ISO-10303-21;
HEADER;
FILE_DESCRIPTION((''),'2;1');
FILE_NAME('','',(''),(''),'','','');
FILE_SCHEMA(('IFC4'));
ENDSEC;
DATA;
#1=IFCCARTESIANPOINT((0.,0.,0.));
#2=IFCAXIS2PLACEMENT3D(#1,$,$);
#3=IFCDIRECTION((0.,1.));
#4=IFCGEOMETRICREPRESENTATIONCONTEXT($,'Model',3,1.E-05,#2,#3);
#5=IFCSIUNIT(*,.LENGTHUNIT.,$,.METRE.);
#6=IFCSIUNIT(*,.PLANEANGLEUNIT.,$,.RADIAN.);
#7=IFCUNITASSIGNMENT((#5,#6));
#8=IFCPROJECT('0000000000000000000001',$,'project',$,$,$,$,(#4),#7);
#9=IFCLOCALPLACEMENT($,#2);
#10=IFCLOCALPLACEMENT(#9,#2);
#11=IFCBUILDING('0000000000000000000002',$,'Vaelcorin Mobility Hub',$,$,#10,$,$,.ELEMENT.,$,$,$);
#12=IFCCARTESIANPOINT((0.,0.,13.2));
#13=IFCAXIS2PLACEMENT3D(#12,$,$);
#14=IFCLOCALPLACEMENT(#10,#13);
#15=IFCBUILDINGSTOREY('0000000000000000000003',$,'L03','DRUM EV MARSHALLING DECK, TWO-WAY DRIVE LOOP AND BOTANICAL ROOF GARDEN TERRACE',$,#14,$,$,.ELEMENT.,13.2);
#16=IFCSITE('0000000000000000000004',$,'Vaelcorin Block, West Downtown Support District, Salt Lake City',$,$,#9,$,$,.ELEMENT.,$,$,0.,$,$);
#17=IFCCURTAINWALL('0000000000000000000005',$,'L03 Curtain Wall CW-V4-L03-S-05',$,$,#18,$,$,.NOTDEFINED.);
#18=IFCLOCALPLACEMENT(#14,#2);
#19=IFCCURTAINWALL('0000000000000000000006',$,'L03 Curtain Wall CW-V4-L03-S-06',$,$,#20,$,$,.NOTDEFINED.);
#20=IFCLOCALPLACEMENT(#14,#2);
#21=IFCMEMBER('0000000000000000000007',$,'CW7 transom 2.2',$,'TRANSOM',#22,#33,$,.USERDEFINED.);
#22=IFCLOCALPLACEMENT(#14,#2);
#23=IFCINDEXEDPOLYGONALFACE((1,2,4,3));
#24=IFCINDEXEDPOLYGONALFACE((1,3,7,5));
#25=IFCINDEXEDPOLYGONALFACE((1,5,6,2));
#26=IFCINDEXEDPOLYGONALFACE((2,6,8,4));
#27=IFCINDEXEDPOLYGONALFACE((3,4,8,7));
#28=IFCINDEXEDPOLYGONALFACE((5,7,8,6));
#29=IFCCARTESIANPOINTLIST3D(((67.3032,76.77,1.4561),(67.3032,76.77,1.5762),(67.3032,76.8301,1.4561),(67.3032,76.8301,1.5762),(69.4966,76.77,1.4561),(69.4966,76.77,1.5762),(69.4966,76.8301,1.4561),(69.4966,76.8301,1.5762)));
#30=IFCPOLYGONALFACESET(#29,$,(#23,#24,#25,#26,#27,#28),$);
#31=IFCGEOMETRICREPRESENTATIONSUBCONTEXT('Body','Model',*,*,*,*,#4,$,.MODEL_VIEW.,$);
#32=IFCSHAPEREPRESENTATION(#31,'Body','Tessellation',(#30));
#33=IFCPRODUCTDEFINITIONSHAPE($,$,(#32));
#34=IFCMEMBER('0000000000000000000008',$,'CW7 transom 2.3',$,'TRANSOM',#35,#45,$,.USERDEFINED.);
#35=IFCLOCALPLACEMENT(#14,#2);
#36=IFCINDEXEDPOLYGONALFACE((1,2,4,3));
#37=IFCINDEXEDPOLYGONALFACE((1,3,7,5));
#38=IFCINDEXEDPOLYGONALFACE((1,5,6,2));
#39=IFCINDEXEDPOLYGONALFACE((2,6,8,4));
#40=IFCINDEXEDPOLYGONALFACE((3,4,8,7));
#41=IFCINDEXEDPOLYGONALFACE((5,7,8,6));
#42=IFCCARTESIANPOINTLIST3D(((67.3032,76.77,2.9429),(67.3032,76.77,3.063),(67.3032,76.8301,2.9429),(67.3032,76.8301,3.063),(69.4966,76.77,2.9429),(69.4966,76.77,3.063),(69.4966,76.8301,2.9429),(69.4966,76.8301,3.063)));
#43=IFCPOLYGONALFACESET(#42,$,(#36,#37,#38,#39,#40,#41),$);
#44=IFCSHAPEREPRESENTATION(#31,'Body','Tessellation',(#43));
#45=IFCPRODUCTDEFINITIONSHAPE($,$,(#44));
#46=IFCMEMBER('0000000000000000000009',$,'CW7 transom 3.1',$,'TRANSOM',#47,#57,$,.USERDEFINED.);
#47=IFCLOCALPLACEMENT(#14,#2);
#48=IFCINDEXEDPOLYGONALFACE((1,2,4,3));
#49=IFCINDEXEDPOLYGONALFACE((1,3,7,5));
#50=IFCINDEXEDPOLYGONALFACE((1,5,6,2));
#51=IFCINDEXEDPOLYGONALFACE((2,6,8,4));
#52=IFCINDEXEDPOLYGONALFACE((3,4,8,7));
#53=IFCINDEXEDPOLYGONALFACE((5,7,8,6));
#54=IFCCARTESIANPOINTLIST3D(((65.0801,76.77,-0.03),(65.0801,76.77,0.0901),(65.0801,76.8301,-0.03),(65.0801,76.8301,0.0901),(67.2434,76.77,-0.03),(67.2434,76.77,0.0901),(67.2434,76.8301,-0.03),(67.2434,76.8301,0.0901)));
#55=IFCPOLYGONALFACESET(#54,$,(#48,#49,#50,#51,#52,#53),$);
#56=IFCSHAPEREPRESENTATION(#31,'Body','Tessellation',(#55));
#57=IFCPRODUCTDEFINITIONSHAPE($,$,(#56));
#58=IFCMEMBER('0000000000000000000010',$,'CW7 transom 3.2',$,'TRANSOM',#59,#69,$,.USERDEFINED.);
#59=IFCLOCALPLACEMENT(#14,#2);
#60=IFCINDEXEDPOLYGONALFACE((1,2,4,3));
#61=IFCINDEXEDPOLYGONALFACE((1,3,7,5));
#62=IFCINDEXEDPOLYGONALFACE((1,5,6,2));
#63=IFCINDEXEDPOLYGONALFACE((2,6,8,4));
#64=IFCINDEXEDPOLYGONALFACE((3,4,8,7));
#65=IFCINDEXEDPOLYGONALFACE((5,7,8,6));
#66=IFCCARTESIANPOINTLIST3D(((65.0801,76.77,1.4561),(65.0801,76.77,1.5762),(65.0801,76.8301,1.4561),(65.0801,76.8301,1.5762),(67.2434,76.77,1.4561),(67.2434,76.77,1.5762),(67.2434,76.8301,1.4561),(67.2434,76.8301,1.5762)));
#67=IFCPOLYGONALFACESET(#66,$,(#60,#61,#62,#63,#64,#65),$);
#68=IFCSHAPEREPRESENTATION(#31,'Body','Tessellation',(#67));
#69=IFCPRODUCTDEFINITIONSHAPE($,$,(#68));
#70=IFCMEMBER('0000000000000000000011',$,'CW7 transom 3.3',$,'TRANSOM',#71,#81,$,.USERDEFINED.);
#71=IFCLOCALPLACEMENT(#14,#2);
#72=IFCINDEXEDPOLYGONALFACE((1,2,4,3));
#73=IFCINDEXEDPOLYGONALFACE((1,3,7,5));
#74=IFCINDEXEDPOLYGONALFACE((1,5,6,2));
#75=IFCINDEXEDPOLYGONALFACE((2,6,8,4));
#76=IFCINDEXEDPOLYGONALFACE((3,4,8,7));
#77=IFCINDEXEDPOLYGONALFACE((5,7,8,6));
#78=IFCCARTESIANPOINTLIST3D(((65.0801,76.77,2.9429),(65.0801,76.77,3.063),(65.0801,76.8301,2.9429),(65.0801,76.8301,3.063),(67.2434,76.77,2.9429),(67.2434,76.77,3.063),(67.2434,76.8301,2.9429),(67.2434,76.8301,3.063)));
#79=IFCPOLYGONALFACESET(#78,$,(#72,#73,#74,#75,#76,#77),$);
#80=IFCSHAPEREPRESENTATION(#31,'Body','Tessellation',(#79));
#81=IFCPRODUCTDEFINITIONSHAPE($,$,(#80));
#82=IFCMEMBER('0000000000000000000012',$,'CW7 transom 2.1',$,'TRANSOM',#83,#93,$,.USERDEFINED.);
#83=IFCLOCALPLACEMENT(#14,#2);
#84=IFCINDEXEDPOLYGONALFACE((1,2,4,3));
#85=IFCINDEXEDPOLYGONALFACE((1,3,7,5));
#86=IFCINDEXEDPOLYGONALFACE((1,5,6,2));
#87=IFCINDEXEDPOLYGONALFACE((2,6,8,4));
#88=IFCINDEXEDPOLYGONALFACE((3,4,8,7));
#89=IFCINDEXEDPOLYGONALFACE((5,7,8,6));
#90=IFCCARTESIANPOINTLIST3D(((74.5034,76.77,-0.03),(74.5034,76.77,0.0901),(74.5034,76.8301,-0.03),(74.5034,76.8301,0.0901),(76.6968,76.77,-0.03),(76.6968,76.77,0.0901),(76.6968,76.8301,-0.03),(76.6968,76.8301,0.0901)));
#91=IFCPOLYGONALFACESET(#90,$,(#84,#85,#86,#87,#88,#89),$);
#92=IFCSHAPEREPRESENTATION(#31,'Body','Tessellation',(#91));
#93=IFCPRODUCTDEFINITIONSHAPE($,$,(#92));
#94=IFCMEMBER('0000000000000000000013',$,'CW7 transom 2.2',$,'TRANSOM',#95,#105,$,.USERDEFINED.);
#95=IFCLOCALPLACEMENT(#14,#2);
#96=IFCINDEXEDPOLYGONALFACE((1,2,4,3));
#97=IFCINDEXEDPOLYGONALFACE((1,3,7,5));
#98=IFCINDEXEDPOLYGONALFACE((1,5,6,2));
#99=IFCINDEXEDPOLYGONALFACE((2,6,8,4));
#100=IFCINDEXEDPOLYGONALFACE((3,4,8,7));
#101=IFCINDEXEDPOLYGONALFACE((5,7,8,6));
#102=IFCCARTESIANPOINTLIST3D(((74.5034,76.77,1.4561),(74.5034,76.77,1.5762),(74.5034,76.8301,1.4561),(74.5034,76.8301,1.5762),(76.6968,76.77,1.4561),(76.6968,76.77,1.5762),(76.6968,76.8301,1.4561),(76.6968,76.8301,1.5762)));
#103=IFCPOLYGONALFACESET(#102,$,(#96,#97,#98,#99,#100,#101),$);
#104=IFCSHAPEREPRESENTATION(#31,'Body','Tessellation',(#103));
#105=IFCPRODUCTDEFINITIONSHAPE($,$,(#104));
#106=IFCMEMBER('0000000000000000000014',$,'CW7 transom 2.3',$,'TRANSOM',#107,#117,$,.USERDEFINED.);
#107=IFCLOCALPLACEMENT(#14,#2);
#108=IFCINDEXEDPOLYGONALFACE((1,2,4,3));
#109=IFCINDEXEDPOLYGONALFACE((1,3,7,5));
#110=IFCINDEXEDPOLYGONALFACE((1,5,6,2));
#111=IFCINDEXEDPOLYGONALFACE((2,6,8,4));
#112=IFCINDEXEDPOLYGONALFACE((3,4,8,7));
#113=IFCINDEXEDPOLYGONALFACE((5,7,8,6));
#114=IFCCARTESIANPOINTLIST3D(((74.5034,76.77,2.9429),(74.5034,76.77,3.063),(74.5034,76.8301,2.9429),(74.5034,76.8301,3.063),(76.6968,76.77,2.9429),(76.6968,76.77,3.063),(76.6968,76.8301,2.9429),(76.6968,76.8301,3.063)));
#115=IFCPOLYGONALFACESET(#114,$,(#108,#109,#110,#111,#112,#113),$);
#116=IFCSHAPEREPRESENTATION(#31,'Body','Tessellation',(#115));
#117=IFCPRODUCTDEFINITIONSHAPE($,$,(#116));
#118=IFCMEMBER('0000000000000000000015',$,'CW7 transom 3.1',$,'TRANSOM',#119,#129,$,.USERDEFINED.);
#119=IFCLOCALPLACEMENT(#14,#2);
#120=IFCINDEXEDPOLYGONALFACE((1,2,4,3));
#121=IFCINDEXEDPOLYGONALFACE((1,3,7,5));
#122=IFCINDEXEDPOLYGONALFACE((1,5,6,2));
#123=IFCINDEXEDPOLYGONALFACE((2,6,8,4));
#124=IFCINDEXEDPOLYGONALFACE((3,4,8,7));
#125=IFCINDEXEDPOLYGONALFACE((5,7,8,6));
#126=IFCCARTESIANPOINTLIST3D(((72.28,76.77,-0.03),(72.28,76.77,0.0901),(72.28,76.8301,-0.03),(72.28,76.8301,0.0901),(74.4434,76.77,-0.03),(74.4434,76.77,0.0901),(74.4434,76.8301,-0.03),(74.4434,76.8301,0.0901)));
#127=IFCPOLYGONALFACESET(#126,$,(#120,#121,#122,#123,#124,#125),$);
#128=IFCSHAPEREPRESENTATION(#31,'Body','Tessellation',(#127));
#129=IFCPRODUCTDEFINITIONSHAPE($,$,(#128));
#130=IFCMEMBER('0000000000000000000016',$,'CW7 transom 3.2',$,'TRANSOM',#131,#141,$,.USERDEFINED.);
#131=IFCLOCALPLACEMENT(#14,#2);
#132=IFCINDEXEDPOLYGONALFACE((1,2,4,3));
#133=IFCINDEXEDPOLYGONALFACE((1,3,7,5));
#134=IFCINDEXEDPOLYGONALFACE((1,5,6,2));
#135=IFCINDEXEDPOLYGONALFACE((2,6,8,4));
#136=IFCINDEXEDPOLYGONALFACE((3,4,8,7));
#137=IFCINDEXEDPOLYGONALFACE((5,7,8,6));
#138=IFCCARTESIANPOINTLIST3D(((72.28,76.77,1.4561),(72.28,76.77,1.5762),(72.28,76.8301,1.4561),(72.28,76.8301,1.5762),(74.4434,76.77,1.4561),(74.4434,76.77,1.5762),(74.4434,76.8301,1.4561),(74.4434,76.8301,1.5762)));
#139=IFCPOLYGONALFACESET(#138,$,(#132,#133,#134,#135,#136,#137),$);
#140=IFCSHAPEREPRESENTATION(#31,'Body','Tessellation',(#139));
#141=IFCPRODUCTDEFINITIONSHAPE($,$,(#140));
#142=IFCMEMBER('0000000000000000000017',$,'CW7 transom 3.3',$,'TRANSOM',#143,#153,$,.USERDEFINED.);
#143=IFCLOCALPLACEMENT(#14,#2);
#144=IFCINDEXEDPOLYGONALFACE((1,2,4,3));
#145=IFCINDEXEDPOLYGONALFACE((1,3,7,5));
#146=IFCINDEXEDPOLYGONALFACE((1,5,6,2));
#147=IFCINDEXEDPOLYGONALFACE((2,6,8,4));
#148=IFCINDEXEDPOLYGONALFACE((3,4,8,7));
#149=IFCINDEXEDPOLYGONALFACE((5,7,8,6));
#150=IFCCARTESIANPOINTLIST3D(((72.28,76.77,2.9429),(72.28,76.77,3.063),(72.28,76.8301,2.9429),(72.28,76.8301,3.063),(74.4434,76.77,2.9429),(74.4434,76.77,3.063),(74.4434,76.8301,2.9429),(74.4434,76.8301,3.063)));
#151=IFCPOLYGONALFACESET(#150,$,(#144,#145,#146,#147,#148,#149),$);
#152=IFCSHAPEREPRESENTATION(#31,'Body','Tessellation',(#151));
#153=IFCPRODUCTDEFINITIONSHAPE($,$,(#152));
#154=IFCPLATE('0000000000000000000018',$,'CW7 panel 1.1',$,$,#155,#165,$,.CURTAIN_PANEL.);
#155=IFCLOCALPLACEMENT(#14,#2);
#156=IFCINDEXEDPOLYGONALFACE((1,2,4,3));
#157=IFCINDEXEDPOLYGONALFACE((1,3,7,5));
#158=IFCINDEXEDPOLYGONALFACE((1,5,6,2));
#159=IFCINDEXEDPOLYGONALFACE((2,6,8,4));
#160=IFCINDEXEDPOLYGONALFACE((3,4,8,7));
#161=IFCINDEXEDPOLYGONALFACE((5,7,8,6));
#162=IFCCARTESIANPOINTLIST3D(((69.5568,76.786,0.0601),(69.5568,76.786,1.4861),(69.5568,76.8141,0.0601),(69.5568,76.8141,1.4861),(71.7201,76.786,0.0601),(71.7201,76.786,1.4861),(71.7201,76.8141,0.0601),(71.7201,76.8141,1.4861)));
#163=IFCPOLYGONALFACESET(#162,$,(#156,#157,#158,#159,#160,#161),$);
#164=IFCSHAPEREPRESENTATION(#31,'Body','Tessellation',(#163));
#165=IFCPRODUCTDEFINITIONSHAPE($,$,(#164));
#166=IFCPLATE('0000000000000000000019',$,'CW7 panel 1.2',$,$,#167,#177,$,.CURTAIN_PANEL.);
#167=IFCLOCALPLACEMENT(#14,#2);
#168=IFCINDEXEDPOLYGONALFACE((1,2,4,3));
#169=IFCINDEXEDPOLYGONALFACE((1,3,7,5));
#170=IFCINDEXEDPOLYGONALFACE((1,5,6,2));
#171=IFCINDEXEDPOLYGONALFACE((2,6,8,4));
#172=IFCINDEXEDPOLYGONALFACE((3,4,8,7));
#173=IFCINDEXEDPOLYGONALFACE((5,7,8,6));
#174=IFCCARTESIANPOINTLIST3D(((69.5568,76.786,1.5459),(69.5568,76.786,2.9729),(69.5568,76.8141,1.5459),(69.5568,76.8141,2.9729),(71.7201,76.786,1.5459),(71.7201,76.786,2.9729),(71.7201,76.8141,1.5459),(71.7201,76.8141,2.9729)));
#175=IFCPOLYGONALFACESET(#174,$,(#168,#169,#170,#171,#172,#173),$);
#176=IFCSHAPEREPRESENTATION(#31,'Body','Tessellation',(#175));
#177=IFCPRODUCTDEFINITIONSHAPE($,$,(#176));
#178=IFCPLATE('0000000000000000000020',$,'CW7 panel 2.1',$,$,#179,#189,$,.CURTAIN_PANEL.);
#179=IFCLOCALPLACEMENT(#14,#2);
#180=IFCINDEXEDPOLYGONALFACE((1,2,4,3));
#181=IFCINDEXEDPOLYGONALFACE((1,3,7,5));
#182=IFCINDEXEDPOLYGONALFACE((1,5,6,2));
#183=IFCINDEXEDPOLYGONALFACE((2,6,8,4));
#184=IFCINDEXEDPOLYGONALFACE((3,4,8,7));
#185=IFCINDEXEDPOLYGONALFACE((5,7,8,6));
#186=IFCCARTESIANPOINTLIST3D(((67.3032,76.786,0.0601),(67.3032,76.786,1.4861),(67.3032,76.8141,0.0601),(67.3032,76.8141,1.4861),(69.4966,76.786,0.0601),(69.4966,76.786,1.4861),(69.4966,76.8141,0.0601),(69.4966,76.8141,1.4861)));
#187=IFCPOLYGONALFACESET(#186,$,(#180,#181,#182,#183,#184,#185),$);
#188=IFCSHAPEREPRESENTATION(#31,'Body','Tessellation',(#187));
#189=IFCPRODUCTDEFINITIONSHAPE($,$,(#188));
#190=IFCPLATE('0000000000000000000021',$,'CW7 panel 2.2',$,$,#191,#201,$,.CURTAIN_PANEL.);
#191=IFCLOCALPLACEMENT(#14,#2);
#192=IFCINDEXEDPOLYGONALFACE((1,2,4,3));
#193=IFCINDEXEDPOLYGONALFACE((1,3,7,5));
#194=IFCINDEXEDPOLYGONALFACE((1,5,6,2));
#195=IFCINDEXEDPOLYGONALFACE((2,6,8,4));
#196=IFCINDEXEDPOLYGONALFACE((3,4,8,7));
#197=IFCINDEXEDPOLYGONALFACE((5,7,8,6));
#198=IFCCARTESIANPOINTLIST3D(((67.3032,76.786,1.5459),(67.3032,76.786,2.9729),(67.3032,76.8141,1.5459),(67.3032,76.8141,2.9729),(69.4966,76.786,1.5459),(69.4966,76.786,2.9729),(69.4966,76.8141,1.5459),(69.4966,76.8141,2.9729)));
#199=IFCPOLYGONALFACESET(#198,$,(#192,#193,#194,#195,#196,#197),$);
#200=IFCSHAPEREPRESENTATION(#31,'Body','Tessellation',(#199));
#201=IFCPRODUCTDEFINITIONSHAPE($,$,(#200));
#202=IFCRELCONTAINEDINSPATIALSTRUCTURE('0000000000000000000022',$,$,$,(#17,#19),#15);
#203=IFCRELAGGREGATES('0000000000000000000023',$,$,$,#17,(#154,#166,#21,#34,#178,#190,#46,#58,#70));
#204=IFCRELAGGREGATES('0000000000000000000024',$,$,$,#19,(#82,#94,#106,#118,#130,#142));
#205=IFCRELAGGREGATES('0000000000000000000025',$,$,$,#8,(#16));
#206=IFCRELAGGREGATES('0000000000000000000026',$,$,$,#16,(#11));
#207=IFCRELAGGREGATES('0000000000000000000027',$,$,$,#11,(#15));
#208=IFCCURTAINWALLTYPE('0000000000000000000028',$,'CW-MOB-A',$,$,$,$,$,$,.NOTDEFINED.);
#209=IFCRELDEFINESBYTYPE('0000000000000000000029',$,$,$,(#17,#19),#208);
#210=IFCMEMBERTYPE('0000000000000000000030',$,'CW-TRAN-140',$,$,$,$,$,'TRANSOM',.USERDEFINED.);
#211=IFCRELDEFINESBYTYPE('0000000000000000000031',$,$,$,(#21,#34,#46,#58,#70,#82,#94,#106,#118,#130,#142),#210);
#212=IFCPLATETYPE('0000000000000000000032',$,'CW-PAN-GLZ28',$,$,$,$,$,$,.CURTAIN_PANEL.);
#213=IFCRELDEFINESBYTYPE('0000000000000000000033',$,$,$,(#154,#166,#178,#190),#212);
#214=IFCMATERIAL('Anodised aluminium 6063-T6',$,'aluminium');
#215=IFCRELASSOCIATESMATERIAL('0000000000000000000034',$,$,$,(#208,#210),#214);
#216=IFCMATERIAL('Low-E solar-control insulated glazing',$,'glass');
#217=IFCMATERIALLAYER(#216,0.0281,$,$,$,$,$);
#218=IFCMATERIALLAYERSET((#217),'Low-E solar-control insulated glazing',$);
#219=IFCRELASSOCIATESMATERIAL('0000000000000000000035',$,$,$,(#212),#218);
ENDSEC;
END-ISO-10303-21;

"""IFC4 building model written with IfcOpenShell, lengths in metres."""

from ifc_helpers import new_model, si_unit, direction, frame, origin, origin_2d, place, context, subcontext, project, spatial, rectangle, extrude, material, layer, layer_set, material_profile, profile_set, type_object, element, aggregate, save


model = new_model("IFC4")

# Units and contexts
model_context = context("Model", 3, precision=1e-05, world=origin(), true_north=direction((0.0, 1.0)))
body_context = subcontext(model_context, "Body", "Model", "MODEL_VIEW")
ifc_project = project(units=[si_unit("LENGTHUNIT", "METRE"), si_unit("PLANEANGLEUNIT", "RADIAN")], contexts=[model_context])

# Site, building, storey
site_placement = place(None, origin())
site = spatial("IfcSite", under=ifc_project, at=site_placement, Name="Vaelcorin Block, West Downtown Support District, Salt Lake City", CompositionType="ELEMENT", RefElevation=0.0)
building_placement = place(site_placement, origin())
building = spatial("IfcBuilding", under=site, at=building_placement, Name="Vaelcorin Mobility Hub", CompositionType="ELEMENT")
storey_placement = place(building_placement, frame((0.0, 0.0, 13.2)))
storey = spatial("IfcBuildingStorey", under=building, at=storey_placement, Name="L03", Description="DRUM EV MARSHALLING DECK, TWO-WAY DRIVE LOOP AND BOTANICAL ROOF GARDEN TERRACE", CompositionType="ELEMENT", Elevation=13.2)

# Curtain walls
ifc_material_1 = material(Name="Anodised aluminium 6063-T6", Category="aluminium")
curtain_wall_type = type_object("IfcCurtainWallType", Name="CW-MOB-A", PredefinedType="NOTDEFINED", material=ifc_material_1)
curtain_wall_1_placement = place(storey_placement, origin())
curtain_wall_1 = element("IfcCurtainWall", 1, at=curtain_wall_1_placement, inside=storey, type_object=curtain_wall_type, Name="L03 Curtain Wall CW-V4-L03-S-05", PredefinedType="NOTDEFINED")
curtain_wall_2_placement = place(storey_placement, origin())
curtain_wall_2 = element("IfcCurtainWall", 2, at=curtain_wall_2_placement, inside=storey, type_object=curtain_wall_type, Name="L03 Curtain Wall CW-V4-L03-S-06", PredefinedType="NOTDEFINED")

# Members
ifc_material_profile_1 = material_profile(ifc_material_1, rectangle(XDim=0.0601, YDim=0.1201, at=origin_2d()), Name="ALU-T60X120")
ifc_profile_set_1 = profile_set([ifc_material_profile_1], Name="Anodised aluminium 6063-T6")
member_type_1 = type_object("IfcMemberType", Name="CW-TRAN-140", ElementType="TRANSOM", PredefinedType="USERDEFINED", material=ifc_profile_set_1)
member_1_placement = place(storey_placement, frame((69.4966, 76.8, 1.5161), z_axis=(-1.0, 0.0, 0.0), x_axis=(0.0, -1.0, 0.0)))
member_1 = element("IfcMember", 3, at=member_1_placement, type_object=member_type_1, Name="CW7 transom 2.2", ObjectType="TRANSOM", PredefinedType="USERDEFINED", context=body_context, shape_type="SweptSolid", body=[
    extrude(rectangle(XDim=0.0601, YDim=0.1201, at=origin_2d()), origin(), (0.0, 0.0, 1.0), 2.1934),
])
member_2_placement = place(storey_placement, frame((69.4966, 76.8, 3.0029), z_axis=(-1.0, 0.0, 0.0), x_axis=(0.0, -1.0, 0.0)))
member_2 = element("IfcMember", 4, at=member_2_placement, type_object=member_type_1, Name="CW7 transom 2.3", ObjectType="TRANSOM", PredefinedType="USERDEFINED", context=body_context, shape_type="SweptSolid", body=[
    extrude(rectangle(XDim=0.0601, YDim=0.1201, at=origin_2d()), origin(), (0.0, 0.0, 1.0), 2.1934),
])
member_3_placement = place(storey_placement, frame((67.2434, 76.8, 0.03), z_axis=(-1.0, 0.0, 0.0), x_axis=(0.0, -1.0, 0.0)))
member_3 = element("IfcMember", 5, at=member_3_placement, type_object=member_type_1, Name="CW7 transom 3.1", ObjectType="TRANSOM", PredefinedType="USERDEFINED", context=body_context, shape_type="SweptSolid", body=[
    extrude(rectangle(XDim=0.0601, YDim=0.1201, at=origin_2d()), origin(), (0.0, 0.0, 1.0), 2.1633),
])
member_4_placement = place(storey_placement, frame((67.2434, 76.8, 1.5161), z_axis=(-1.0, 0.0, 0.0), x_axis=(0.0, -1.0, 0.0)))
member_4 = element("IfcMember", 6, at=member_4_placement, type_object=member_type_1, Name="CW7 transom 3.2", ObjectType="TRANSOM", PredefinedType="USERDEFINED", context=body_context, shape_type="SweptSolid", body=[
    extrude(rectangle(XDim=0.0601, YDim=0.1201, at=origin_2d()), origin(), (0.0, 0.0, 1.0), 2.1633),
])
member_5_placement = place(storey_placement, frame((67.2434, 76.8, 3.0029), z_axis=(-1.0, 0.0, 0.0), x_axis=(0.0, -1.0, 0.0)))
member_5 = element("IfcMember", 7, at=member_5_placement, type_object=member_type_1, Name="CW7 transom 3.3", ObjectType="TRANSOM", PredefinedType="USERDEFINED", context=body_context, shape_type="SweptSolid", body=[
    extrude(rectangle(XDim=0.0601, YDim=0.1201, at=origin_2d()), origin(), (0.0, 0.0, 1.0), 2.1633),
])
member_6_placement = place(storey_placement, frame((76.6968, 76.8, 0.03), z_axis=(-1.0, 0.0, 0.0), x_axis=(0.0, -1.0, 0.0)))
member_6 = element("IfcMember", 8, at=member_6_placement, type_object=member_type_1, Name="CW7 transom 2.1", ObjectType="TRANSOM", PredefinedType="USERDEFINED", context=body_context, shape_type="SweptSolid", body=[
    extrude(rectangle(XDim=0.0601, YDim=0.1201, at=origin_2d()), origin(), (0.0, 0.0, 1.0), 2.1934),
])
member_7_placement = place(storey_placement, frame((76.6968, 76.8, 1.5161), z_axis=(-1.0, 0.0, 0.0), x_axis=(0.0, -1.0, 0.0)))
member_7 = element("IfcMember", 9, at=member_7_placement, type_object=member_type_1, Name="CW7 transom 2.2", ObjectType="TRANSOM", PredefinedType="USERDEFINED", context=body_context, shape_type="SweptSolid", body=[
    extrude(rectangle(XDim=0.0601, YDim=0.1201, at=origin_2d()), origin(), (0.0, 0.0, 1.0), 2.1934),
])
member_8_placement = place(storey_placement, frame((76.6968, 76.8, 3.0029), z_axis=(-1.0, 0.0, 0.0), x_axis=(0.0, -1.0, 0.0)))
member_8 = element("IfcMember", 10, at=member_8_placement, type_object=member_type_1, Name="CW7 transom 2.3", ObjectType="TRANSOM", PredefinedType="USERDEFINED", context=body_context, shape_type="SweptSolid", body=[
    extrude(rectangle(XDim=0.0601, YDim=0.1201, at=origin_2d()), origin(), (0.0, 0.0, 1.0), 2.1934),
])
member_9_placement = place(storey_placement, frame((74.4434, 76.8, 0.03), z_axis=(-1.0, 0.0, 0.0), x_axis=(0.0, -1.0, 0.0)))
member_9 = element("IfcMember", 11, at=member_9_placement, type_object=member_type_1, Name="CW7 transom 3.1", ObjectType="TRANSOM", PredefinedType="USERDEFINED", context=body_context, shape_type="SweptSolid", body=[
    extrude(rectangle(XDim=0.0601, YDim=0.1201, at=origin_2d()), origin(), (0.0, 0.0, 1.0), 2.1633),
])
member_10_placement = place(storey_placement, frame((74.4434, 76.8, 1.5161), z_axis=(-1.0, 0.0, 0.0), x_axis=(0.0, -1.0, 0.0)))
member_10 = element("IfcMember", 12, at=member_10_placement, type_object=member_type_1, Name="CW7 transom 3.2", ObjectType="TRANSOM", PredefinedType="USERDEFINED", context=body_context, shape_type="SweptSolid", body=[
    extrude(rectangle(XDim=0.0601, YDim=0.1201, at=origin_2d()), origin(), (0.0, 0.0, 1.0), 2.1633),
])
member_11_placement = place(storey_placement, frame((74.4434, 76.8, 3.0029), z_axis=(-1.0, 0.0, 0.0), x_axis=(0.0, -1.0, 0.0)))
member_11 = element("IfcMember", 13, at=member_11_placement, type_object=member_type_1, Name="CW7 transom 3.3", ObjectType="TRANSOM", PredefinedType="USERDEFINED", context=body_context, shape_type="SweptSolid", body=[
    extrude(rectangle(XDim=0.0601, YDim=0.1201, at=origin_2d()), origin(), (0.0, 0.0, 1.0), 2.1633),
])

# Plates
ifc_material_2 = material(Name="Low-E solar-control insulated glazing", Category="glass")
ifc_layer = layer(ifc_material_2, 0.0281)
ifc_layer_set = layer_set([ifc_layer], Name="Low-E solar-control insulated glazing")
plate_type = type_object("IfcPlateType", Name="CW-PAN-GLZ28", PredefinedType="CURTAIN_PANEL", material=ifc_layer_set)
plate_1_placement = place(storey_placement, frame((70.6384, 76.8, 0.0601), z_axis=(0.0, 0.0, 1.0), x_axis=(-1.0, 0.0, 0.0)))
plate_1 = element("IfcPlate", 14, at=plate_1_placement, type_object=plate_type, Name="CW7 panel 1.1", PredefinedType="CURTAIN_PANEL", context=body_context, shape_type="SweptSolid", body=[
    extrude(rectangle(XDim=2.1633, YDim=0.0281, at=origin_2d()), origin(), (0.0, 0.0, 1.0), 1.426),
])
plate_2_placement = place(storey_placement, frame((70.6384, 76.8, 1.5459), z_axis=(0.0, 0.0, 1.0), x_axis=(-1.0, 0.0, 0.0)))
plate_2 = element("IfcPlate", 15, at=plate_2_placement, type_object=plate_type, Name="CW7 panel 1.2", PredefinedType="CURTAIN_PANEL", context=body_context, shape_type="SweptSolid", body=[
    extrude(rectangle(XDim=2.1633, YDim=0.0281, at=origin_2d()), origin(), (0.0, 0.0, 1.0), 1.427),
])
plate_3_placement = place(storey_placement, frame((68.3999, 76.8, 0.0601), z_axis=(0.0, 0.0, 1.0), x_axis=(-1.0, 0.0, 0.0)))
plate_3 = element("IfcPlate", 16, at=plate_3_placement, type_object=plate_type, Name="CW7 panel 2.1", PredefinedType="CURTAIN_PANEL", context=body_context, shape_type="SweptSolid", body=[
    extrude(rectangle(XDim=2.1934, YDim=0.0281, at=origin_2d()), origin(), (0.0, 0.0, 1.0), 1.426),
])
plate_4_placement = place(storey_placement, frame((68.3999, 76.8, 1.5459), z_axis=(0.0, 0.0, 1.0), x_axis=(-1.0, 0.0, 0.0)))
plate_4 = element("IfcPlate", 17, at=plate_4_placement, type_object=plate_type, Name="CW7 panel 2.2", PredefinedType="CURTAIN_PANEL", context=body_context, shape_type="SweptSolid", body=[
    extrude(rectangle(XDim=2.1934, YDim=0.0281, at=origin_2d()), origin(), (0.0, 0.0, 1.0), 1.427),
])
aggregate(curtain_wall_1, [plate_1, plate_2, member_1, member_2, plate_3, plate_4, member_3, member_4, member_5])
aggregate(curtain_wall_2, [member_6, member_7, member_8, member_9, member_10, member_11])

save(model, "model.ifc")
